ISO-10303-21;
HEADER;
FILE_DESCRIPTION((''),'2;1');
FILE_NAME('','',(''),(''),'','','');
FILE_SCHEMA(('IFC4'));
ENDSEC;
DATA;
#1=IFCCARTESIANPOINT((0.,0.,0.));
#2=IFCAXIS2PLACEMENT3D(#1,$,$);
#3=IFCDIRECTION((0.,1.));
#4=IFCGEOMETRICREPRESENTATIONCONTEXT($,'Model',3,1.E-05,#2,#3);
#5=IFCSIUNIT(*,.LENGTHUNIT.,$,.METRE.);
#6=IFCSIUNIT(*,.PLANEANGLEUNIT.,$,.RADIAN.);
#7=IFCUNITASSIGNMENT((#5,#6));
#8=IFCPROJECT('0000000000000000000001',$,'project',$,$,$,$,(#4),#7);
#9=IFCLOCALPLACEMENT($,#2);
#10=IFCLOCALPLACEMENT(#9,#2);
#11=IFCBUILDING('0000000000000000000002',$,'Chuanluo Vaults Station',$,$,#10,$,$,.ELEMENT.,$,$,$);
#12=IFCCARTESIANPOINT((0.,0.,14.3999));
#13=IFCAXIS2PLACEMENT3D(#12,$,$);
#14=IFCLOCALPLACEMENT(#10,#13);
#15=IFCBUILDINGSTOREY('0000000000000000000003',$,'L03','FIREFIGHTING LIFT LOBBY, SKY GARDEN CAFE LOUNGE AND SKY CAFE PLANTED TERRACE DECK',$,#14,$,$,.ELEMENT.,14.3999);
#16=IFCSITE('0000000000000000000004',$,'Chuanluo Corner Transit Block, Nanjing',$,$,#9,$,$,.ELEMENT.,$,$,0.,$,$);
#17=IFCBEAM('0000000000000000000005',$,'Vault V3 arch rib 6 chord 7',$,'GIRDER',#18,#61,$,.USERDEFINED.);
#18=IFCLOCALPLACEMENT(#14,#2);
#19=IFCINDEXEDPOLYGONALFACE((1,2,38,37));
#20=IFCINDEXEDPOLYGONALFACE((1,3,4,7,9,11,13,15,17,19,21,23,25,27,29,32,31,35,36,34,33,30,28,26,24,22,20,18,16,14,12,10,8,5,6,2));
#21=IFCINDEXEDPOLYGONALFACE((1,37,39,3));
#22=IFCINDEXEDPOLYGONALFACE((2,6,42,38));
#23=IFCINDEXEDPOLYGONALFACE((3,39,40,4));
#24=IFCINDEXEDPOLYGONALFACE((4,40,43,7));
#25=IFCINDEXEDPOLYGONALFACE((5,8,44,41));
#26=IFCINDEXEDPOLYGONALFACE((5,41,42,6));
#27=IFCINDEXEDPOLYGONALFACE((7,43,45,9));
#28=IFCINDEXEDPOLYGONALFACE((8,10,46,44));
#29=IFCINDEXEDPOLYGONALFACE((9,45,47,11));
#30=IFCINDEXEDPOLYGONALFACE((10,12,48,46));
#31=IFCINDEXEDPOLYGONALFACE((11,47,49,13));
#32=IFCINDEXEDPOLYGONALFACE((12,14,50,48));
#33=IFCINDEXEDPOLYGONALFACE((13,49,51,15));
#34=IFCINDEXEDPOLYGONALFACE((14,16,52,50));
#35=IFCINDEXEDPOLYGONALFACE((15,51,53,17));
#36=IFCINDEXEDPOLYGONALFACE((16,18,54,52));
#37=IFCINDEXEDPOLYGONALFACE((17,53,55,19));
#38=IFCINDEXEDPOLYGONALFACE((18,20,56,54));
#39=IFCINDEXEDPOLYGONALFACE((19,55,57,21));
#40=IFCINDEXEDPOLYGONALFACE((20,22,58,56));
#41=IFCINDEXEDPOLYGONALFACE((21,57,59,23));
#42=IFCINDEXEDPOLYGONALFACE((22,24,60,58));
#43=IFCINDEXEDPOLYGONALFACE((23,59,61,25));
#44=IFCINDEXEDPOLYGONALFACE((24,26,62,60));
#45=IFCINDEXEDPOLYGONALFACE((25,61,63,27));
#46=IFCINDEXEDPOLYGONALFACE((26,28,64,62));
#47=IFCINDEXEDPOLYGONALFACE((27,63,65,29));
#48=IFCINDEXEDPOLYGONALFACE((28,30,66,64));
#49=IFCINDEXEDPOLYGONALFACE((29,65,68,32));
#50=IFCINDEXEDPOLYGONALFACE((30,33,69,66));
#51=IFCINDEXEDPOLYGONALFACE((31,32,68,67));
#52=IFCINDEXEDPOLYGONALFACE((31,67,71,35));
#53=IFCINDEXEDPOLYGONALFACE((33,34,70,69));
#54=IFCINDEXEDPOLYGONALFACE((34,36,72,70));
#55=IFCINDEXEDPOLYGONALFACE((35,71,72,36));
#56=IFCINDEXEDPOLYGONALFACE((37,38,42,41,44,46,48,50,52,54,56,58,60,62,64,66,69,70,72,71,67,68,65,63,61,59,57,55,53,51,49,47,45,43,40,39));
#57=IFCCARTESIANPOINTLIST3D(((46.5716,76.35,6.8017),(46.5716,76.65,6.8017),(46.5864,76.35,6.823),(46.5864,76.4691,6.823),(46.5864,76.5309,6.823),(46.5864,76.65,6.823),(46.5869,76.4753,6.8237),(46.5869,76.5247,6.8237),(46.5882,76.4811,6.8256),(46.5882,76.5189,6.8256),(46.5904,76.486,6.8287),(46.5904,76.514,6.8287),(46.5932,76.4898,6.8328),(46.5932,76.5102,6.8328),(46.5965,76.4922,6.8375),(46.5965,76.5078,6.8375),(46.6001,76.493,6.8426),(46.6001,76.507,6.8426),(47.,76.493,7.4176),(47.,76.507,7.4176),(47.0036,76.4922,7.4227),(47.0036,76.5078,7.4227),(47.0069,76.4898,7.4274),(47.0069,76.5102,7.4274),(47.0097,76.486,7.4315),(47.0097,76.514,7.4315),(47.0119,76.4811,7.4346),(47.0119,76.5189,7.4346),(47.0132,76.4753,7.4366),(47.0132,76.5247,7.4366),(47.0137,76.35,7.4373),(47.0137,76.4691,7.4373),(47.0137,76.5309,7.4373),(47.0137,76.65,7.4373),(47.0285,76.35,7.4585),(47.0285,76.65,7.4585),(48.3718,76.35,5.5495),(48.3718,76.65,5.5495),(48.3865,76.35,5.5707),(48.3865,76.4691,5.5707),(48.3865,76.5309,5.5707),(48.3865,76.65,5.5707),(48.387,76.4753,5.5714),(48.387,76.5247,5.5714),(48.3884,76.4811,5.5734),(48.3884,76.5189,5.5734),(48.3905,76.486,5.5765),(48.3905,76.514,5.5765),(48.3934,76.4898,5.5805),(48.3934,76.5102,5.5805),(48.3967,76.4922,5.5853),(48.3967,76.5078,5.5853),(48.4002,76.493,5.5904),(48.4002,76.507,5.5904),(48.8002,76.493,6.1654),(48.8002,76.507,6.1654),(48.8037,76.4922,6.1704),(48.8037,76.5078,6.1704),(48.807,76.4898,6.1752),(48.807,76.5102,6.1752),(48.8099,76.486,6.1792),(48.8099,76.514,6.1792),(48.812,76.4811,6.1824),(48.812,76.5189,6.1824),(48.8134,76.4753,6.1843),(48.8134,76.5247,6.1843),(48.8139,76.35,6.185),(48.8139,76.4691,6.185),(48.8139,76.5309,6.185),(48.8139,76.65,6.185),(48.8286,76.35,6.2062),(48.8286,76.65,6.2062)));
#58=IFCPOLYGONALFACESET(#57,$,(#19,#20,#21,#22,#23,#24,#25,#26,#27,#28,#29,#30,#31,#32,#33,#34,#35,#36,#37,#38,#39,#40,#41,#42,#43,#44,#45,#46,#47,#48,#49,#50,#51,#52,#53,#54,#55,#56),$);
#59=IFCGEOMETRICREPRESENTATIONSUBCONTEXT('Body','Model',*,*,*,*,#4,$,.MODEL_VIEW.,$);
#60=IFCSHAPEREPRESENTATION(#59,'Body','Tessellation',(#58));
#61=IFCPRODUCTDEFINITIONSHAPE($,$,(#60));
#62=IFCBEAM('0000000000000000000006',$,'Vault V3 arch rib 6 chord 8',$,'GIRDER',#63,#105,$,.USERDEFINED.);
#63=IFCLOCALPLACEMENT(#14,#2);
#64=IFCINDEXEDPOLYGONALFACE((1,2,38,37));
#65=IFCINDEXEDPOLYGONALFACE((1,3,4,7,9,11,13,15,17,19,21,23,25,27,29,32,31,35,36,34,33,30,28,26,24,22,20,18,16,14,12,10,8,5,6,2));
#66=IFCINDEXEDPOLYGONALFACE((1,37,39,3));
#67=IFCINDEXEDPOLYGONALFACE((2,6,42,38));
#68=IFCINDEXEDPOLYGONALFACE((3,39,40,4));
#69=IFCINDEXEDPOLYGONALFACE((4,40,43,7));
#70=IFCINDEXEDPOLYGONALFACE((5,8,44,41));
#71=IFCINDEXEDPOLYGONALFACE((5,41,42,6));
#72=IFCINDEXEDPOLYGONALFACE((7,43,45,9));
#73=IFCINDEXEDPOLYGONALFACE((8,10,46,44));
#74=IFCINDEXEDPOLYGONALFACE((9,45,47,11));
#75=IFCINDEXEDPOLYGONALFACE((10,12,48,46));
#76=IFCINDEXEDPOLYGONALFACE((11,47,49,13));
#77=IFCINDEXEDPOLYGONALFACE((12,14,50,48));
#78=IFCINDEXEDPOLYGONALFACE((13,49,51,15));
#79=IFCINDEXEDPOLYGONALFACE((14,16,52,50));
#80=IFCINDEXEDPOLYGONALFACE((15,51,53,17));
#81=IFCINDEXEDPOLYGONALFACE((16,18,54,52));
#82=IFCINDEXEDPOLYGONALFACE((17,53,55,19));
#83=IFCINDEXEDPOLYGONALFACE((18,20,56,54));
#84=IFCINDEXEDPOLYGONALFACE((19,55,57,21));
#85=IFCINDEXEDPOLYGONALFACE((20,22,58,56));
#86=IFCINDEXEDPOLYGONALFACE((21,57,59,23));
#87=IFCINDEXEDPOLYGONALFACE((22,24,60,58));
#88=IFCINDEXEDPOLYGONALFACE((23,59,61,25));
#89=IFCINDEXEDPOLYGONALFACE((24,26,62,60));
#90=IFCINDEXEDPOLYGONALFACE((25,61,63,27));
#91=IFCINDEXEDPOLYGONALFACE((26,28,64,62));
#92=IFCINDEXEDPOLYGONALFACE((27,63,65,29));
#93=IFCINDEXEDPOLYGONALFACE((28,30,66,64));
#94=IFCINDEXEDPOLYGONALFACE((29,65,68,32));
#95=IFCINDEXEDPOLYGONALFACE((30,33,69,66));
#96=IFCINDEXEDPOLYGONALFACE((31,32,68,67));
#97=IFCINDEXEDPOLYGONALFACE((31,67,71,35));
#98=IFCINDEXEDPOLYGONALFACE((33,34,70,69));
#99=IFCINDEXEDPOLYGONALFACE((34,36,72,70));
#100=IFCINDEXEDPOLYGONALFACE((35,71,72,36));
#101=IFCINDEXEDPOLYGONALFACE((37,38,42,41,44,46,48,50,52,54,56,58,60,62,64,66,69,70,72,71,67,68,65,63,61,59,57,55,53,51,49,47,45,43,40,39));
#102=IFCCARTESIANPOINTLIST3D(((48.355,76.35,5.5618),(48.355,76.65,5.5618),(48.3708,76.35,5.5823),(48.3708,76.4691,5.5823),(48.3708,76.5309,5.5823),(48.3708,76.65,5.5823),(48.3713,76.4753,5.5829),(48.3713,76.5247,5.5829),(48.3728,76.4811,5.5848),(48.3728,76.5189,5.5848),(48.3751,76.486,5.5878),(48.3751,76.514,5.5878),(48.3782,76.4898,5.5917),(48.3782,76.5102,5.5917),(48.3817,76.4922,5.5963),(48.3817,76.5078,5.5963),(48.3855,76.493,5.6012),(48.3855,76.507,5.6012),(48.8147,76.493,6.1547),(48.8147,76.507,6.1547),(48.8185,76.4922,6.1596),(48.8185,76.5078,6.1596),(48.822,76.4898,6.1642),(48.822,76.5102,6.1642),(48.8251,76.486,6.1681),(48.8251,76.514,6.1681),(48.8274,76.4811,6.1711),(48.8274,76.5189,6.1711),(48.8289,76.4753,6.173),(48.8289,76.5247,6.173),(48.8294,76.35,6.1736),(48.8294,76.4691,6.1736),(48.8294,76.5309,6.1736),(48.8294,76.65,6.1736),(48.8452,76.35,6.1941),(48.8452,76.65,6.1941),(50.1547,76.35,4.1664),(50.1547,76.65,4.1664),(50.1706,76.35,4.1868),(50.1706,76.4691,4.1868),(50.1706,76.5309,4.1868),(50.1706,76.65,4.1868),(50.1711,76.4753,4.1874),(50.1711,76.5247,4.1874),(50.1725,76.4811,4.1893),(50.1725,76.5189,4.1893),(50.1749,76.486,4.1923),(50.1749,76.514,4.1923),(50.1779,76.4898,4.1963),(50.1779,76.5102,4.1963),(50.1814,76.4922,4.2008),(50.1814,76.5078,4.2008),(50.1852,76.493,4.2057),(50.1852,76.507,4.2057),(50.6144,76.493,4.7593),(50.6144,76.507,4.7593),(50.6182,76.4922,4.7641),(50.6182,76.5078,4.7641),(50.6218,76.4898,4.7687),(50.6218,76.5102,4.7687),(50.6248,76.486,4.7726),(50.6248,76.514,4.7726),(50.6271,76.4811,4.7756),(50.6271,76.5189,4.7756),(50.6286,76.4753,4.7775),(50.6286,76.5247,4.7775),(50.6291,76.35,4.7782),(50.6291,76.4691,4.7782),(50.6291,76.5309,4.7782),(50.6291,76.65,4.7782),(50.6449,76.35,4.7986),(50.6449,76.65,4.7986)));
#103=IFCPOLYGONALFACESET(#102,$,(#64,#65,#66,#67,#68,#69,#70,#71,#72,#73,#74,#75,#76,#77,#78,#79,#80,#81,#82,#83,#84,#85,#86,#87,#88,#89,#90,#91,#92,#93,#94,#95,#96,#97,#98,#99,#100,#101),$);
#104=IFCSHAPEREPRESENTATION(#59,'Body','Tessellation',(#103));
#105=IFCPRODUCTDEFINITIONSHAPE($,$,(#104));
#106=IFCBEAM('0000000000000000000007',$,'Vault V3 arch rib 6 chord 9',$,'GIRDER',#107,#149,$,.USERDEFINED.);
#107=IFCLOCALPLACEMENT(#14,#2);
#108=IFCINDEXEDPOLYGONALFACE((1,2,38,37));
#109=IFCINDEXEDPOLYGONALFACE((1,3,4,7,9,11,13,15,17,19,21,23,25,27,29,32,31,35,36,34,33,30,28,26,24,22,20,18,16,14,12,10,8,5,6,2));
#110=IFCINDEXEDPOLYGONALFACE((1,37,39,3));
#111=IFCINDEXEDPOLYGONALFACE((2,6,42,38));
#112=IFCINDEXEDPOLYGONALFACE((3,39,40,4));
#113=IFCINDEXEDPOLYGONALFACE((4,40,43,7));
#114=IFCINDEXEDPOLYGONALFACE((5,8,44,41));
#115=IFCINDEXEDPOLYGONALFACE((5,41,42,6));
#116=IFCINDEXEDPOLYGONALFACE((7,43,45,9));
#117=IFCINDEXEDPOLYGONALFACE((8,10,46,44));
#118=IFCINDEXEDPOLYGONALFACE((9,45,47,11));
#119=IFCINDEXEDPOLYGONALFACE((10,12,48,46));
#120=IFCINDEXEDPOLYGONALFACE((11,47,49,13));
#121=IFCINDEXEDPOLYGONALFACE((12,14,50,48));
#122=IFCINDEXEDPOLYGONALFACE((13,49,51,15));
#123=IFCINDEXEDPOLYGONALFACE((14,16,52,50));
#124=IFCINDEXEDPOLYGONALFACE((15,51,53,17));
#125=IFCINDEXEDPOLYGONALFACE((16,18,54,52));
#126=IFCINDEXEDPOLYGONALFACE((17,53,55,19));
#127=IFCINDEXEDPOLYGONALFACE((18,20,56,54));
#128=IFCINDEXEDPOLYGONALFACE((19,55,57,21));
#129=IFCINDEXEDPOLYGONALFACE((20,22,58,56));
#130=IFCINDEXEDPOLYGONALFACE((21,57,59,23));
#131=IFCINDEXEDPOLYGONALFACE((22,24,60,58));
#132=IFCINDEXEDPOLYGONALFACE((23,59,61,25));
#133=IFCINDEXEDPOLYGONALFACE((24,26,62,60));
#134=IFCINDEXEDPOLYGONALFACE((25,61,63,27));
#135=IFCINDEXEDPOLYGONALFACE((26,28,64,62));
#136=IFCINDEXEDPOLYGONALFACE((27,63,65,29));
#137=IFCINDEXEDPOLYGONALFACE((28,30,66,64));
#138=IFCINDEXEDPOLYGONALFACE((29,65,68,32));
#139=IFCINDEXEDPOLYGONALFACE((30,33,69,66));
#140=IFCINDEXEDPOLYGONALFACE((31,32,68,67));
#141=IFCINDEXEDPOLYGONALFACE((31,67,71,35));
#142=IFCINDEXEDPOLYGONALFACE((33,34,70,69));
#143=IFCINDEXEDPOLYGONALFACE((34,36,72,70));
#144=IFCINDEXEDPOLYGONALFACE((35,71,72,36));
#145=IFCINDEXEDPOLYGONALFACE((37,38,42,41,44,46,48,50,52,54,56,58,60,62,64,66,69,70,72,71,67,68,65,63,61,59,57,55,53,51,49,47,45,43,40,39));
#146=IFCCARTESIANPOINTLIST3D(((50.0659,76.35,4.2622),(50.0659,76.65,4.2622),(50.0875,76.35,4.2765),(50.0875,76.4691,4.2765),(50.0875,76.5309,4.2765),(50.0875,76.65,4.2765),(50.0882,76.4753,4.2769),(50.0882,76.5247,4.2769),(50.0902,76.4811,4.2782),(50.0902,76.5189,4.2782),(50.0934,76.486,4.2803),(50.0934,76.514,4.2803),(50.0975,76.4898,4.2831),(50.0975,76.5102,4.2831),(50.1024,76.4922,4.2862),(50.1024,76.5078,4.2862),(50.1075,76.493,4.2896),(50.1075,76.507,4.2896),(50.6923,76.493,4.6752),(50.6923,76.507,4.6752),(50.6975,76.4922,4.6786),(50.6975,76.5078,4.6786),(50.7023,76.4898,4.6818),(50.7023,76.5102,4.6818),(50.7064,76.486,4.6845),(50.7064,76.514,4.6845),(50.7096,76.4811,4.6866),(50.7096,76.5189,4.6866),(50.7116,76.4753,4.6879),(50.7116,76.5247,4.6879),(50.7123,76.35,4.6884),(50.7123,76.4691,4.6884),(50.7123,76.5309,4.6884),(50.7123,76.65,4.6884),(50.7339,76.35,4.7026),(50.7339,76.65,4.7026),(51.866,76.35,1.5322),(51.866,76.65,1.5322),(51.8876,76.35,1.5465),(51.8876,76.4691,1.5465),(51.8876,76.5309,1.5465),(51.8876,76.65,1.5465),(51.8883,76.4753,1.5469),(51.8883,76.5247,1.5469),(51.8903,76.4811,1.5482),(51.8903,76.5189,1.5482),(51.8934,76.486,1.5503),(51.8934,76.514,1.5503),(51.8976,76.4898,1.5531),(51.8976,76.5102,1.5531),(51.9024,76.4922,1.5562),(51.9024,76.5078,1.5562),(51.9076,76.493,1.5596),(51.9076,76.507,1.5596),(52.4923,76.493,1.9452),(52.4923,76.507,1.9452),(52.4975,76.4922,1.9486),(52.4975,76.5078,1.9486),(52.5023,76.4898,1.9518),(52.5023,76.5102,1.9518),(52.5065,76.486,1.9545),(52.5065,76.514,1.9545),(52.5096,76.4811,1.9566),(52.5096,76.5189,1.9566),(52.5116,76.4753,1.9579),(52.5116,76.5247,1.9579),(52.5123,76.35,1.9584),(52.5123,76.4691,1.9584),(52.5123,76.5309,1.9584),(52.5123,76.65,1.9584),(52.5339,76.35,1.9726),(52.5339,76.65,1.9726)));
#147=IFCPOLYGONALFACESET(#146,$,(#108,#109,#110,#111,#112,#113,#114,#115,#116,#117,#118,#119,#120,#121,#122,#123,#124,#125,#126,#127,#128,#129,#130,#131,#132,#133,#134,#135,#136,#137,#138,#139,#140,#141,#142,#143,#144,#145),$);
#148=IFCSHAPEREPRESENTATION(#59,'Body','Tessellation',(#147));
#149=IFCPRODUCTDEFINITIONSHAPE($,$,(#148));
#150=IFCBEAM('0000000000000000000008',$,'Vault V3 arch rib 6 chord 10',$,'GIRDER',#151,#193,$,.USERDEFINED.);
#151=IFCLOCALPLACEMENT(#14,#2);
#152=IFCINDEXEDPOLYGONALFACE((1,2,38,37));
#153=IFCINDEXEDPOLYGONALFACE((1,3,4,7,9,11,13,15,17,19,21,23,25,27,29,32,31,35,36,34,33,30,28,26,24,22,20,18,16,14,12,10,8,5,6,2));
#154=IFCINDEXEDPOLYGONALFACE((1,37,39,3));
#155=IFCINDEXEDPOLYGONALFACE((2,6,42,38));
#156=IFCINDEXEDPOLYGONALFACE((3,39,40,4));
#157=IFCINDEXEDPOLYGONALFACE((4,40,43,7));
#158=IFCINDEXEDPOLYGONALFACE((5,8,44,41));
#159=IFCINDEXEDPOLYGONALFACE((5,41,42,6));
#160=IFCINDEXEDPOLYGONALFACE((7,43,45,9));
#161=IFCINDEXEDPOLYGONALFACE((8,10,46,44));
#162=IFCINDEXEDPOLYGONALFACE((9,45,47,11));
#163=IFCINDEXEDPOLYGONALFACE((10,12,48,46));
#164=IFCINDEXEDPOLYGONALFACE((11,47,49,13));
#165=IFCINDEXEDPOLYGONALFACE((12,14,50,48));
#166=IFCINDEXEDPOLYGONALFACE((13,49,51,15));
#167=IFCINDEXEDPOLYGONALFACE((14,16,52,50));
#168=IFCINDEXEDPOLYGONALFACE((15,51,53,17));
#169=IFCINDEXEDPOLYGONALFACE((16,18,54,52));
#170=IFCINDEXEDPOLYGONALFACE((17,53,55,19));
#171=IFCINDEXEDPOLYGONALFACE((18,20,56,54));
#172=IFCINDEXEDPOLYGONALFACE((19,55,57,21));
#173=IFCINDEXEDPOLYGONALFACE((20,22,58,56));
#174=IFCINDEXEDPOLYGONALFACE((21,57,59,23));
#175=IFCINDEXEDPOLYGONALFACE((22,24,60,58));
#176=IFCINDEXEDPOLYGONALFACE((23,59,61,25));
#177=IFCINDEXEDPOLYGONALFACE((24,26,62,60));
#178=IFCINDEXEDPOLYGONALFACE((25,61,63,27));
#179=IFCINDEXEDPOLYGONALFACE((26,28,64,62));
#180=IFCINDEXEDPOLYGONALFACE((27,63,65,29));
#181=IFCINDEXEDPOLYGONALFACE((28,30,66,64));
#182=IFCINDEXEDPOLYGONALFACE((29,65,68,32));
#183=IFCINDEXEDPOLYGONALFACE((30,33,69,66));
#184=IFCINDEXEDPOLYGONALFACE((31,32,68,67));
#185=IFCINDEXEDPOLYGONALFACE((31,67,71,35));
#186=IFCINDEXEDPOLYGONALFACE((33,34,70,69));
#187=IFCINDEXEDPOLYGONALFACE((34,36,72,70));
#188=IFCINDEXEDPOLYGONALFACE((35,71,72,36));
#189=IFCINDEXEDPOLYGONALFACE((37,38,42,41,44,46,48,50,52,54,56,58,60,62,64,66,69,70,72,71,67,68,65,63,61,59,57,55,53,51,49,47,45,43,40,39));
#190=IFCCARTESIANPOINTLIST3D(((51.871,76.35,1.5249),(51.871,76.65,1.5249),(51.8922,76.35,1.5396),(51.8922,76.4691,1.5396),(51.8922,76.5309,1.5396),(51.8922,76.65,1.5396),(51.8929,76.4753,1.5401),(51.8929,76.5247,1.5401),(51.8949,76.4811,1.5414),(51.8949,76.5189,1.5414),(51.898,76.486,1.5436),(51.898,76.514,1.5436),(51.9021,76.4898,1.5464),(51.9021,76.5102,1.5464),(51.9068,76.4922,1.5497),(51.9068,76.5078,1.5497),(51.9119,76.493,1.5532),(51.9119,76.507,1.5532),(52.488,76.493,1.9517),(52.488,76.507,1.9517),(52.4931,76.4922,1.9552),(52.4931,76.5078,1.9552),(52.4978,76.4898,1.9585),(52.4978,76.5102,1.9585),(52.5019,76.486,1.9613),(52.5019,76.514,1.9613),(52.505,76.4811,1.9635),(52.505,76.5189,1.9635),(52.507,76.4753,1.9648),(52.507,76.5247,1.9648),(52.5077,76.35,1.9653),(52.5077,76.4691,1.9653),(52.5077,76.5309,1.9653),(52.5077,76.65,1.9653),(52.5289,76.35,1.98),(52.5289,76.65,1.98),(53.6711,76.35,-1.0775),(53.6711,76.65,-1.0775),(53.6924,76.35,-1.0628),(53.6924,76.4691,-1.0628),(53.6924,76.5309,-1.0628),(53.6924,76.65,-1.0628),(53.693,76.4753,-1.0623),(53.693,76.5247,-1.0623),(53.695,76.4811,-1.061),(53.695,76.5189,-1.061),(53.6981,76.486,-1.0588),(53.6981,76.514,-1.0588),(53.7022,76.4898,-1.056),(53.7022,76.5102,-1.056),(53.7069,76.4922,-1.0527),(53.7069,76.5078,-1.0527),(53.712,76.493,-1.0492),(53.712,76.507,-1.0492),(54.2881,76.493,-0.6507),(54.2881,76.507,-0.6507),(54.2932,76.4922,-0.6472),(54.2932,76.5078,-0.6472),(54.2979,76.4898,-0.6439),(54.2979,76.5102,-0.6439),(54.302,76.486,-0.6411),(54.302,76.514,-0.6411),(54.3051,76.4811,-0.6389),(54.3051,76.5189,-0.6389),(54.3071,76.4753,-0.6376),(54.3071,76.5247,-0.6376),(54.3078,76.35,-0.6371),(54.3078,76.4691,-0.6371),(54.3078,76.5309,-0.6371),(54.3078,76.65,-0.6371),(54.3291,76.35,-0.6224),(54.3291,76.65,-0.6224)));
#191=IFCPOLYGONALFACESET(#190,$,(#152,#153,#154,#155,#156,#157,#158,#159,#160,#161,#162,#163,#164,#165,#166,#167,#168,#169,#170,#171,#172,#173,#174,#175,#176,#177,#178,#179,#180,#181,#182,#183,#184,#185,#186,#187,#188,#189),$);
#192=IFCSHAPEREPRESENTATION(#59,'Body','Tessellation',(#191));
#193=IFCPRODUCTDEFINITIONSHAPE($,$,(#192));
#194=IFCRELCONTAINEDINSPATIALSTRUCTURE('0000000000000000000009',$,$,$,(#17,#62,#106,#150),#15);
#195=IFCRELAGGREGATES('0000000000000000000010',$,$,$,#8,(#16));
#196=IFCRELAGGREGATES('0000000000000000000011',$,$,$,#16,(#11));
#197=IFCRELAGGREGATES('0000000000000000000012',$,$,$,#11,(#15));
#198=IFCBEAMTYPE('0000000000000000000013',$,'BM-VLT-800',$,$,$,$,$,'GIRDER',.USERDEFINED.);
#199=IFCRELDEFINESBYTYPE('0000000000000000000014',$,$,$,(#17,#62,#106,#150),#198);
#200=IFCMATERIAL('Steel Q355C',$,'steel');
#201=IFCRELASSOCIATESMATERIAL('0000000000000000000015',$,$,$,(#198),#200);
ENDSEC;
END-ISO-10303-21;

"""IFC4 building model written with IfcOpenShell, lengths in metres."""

from ifc_helpers import new_model, si_unit, direction, frame, origin, origin_2d, place, context, subcontext, project, spatial, i_section, extrude, material, material_profile, profile_set, type_object, element, save


model = new_model("IFC4")

# Units and contexts
model_context = context("Model", 3, precision=1e-05, world=origin(), true_north=direction((0.0, 1.0)))
body_context = subcontext(model_context, "Body", "Model", "MODEL_VIEW")
ifc_project = project(units=[si_unit("LENGTHUNIT", "METRE"), si_unit("PLANEANGLEUNIT", "RADIAN")], contexts=[model_context])

# Site, building, storey
site_placement = place(None, origin())
site = spatial("IfcSite", under=ifc_project, at=site_placement, Name="Chuanluo Corner Transit Block, Nanjing", CompositionType="ELEMENT", RefElevation=0.0)
building_placement = place(site_placement, origin())
building = spatial("IfcBuilding", under=site, at=building_placement, Name="Chuanluo Vaults Station", CompositionType="ELEMENT")
storey_placement = place(building_placement, frame((0.0, 0.0, 14.3999)))
storey = spatial("IfcBuildingStorey", under=building, at=storey_placement, Name="L03", Description="FIREFIGHTING LIFT LOBBY, SKY GARDEN CAFE LOUNGE AND SKY CAFE PLANTED TERRACE DECK", CompositionType="ELEMENT", Elevation=14.3999)

# Beams
ifc_material_1 = material(Name="Steel Q355C", Category="steel")
ifc_material_profile_1 = material_profile(ifc_material_1, i_section(OverallWidth=0.3, OverallDepth=0.8, WebThickness=0.0139, FlangeThickness=0.0259, FilletRadius=0.0239, at=origin_2d()))
ifc_profile_set_1 = profile_set([ifc_material_profile_1], Name="Steel Q355C")
beam_type = type_object("IfcBeamType", Name="BM-VLT-800", ElementType="GIRDER", PredefinedType="USERDEFINED", material=ifc_profile_set_1)
beam_1_placement = place(storey_placement, frame((46.8, 76.5, 7.1301), z_axis=(0.820907, 0.0, -0.571061), x_axis=(0.0, 1.0, 0.0)))
element("IfcBeam", 1, at=beam_1_placement, inside=storey, type_object=beam_type, Name="Vault V3 arch rib 6 chord 7", ObjectType="GIRDER", PredefinedType="USERDEFINED", context=body_context, shape_type="SweptSolid", body=[
    extrude(i_section(OverallWidth=0.3, OverallDepth=0.8, WebThickness=0.0139, FlangeThickness=0.0259, FilletRadius=0.0239, at=origin_2d()), origin(), (0.0, 0.0, 1.0), 2.1929),
])
beam_2_placement = place(storey_placement, frame((48.6001, 76.5, 5.8779), z_axis=(0.790275, 0.0, -0.612752), x_axis=(0.0, 1.0, 0.0)))
element("IfcBeam", 2, at=beam_2_placement, inside=storey, type_object=beam_type, Name="Vault V3 arch rib 6 chord 8", ObjectType="GIRDER", PredefinedType="USERDEFINED", context=body_context, shape_type="SweptSolid", body=[
    extrude(i_section(OverallWidth=0.3, OverallDepth=0.8, WebThickness=0.0139, FlangeThickness=0.0259, FilletRadius=0.0239, at=origin_2d()), origin(), (0.0, 0.0, 1.0), 2.2773),
])
beam_3_placement = place(storey_placement, frame((50.3999, 76.5, 4.4824), z_axis=(0.550472, 0.0, -0.834854), x_axis=(0.0, 1.0, 0.0)))
element("IfcBeam", 3, at=beam_3_placement, inside=storey, type_object=beam_type, Name="Vault V3 arch rib 6 chord 9", ObjectType="GIRDER", PredefinedType="USERDEFINED", context=body_context, shape_type="SweptSolid", body=[
    extrude(i_section(OverallWidth=0.3, OverallDepth=0.8, WebThickness=0.0139, FlangeThickness=0.0259, FilletRadius=0.0239, at=origin_2d()), origin(), (0.0, 0.0, 1.0), 3.27),
])
beam_4_placement = place(storey_placement, frame((52.2, 76.5, 1.7524), z_axis=(0.568881, 0.0, -0.82242), x_axis=(0.0, 1.0, 0.0)))
element("IfcBeam", 4, at=beam_4_placement, inside=storey, type_object=beam_type, Name="Vault V3 arch rib 6 chord 10", ObjectType="GIRDER", PredefinedType="USERDEFINED", context=body_context, shape_type="SweptSolid", body=[
    extrude(i_section(OverallWidth=0.3, OverallDepth=0.8, WebThickness=0.0139, FlangeThickness=0.0259, FilletRadius=0.0239, at=origin_2d()), origin(), (0.0, 0.0, 1.0), 3.1643),
])

save(model, "model.ifc")
